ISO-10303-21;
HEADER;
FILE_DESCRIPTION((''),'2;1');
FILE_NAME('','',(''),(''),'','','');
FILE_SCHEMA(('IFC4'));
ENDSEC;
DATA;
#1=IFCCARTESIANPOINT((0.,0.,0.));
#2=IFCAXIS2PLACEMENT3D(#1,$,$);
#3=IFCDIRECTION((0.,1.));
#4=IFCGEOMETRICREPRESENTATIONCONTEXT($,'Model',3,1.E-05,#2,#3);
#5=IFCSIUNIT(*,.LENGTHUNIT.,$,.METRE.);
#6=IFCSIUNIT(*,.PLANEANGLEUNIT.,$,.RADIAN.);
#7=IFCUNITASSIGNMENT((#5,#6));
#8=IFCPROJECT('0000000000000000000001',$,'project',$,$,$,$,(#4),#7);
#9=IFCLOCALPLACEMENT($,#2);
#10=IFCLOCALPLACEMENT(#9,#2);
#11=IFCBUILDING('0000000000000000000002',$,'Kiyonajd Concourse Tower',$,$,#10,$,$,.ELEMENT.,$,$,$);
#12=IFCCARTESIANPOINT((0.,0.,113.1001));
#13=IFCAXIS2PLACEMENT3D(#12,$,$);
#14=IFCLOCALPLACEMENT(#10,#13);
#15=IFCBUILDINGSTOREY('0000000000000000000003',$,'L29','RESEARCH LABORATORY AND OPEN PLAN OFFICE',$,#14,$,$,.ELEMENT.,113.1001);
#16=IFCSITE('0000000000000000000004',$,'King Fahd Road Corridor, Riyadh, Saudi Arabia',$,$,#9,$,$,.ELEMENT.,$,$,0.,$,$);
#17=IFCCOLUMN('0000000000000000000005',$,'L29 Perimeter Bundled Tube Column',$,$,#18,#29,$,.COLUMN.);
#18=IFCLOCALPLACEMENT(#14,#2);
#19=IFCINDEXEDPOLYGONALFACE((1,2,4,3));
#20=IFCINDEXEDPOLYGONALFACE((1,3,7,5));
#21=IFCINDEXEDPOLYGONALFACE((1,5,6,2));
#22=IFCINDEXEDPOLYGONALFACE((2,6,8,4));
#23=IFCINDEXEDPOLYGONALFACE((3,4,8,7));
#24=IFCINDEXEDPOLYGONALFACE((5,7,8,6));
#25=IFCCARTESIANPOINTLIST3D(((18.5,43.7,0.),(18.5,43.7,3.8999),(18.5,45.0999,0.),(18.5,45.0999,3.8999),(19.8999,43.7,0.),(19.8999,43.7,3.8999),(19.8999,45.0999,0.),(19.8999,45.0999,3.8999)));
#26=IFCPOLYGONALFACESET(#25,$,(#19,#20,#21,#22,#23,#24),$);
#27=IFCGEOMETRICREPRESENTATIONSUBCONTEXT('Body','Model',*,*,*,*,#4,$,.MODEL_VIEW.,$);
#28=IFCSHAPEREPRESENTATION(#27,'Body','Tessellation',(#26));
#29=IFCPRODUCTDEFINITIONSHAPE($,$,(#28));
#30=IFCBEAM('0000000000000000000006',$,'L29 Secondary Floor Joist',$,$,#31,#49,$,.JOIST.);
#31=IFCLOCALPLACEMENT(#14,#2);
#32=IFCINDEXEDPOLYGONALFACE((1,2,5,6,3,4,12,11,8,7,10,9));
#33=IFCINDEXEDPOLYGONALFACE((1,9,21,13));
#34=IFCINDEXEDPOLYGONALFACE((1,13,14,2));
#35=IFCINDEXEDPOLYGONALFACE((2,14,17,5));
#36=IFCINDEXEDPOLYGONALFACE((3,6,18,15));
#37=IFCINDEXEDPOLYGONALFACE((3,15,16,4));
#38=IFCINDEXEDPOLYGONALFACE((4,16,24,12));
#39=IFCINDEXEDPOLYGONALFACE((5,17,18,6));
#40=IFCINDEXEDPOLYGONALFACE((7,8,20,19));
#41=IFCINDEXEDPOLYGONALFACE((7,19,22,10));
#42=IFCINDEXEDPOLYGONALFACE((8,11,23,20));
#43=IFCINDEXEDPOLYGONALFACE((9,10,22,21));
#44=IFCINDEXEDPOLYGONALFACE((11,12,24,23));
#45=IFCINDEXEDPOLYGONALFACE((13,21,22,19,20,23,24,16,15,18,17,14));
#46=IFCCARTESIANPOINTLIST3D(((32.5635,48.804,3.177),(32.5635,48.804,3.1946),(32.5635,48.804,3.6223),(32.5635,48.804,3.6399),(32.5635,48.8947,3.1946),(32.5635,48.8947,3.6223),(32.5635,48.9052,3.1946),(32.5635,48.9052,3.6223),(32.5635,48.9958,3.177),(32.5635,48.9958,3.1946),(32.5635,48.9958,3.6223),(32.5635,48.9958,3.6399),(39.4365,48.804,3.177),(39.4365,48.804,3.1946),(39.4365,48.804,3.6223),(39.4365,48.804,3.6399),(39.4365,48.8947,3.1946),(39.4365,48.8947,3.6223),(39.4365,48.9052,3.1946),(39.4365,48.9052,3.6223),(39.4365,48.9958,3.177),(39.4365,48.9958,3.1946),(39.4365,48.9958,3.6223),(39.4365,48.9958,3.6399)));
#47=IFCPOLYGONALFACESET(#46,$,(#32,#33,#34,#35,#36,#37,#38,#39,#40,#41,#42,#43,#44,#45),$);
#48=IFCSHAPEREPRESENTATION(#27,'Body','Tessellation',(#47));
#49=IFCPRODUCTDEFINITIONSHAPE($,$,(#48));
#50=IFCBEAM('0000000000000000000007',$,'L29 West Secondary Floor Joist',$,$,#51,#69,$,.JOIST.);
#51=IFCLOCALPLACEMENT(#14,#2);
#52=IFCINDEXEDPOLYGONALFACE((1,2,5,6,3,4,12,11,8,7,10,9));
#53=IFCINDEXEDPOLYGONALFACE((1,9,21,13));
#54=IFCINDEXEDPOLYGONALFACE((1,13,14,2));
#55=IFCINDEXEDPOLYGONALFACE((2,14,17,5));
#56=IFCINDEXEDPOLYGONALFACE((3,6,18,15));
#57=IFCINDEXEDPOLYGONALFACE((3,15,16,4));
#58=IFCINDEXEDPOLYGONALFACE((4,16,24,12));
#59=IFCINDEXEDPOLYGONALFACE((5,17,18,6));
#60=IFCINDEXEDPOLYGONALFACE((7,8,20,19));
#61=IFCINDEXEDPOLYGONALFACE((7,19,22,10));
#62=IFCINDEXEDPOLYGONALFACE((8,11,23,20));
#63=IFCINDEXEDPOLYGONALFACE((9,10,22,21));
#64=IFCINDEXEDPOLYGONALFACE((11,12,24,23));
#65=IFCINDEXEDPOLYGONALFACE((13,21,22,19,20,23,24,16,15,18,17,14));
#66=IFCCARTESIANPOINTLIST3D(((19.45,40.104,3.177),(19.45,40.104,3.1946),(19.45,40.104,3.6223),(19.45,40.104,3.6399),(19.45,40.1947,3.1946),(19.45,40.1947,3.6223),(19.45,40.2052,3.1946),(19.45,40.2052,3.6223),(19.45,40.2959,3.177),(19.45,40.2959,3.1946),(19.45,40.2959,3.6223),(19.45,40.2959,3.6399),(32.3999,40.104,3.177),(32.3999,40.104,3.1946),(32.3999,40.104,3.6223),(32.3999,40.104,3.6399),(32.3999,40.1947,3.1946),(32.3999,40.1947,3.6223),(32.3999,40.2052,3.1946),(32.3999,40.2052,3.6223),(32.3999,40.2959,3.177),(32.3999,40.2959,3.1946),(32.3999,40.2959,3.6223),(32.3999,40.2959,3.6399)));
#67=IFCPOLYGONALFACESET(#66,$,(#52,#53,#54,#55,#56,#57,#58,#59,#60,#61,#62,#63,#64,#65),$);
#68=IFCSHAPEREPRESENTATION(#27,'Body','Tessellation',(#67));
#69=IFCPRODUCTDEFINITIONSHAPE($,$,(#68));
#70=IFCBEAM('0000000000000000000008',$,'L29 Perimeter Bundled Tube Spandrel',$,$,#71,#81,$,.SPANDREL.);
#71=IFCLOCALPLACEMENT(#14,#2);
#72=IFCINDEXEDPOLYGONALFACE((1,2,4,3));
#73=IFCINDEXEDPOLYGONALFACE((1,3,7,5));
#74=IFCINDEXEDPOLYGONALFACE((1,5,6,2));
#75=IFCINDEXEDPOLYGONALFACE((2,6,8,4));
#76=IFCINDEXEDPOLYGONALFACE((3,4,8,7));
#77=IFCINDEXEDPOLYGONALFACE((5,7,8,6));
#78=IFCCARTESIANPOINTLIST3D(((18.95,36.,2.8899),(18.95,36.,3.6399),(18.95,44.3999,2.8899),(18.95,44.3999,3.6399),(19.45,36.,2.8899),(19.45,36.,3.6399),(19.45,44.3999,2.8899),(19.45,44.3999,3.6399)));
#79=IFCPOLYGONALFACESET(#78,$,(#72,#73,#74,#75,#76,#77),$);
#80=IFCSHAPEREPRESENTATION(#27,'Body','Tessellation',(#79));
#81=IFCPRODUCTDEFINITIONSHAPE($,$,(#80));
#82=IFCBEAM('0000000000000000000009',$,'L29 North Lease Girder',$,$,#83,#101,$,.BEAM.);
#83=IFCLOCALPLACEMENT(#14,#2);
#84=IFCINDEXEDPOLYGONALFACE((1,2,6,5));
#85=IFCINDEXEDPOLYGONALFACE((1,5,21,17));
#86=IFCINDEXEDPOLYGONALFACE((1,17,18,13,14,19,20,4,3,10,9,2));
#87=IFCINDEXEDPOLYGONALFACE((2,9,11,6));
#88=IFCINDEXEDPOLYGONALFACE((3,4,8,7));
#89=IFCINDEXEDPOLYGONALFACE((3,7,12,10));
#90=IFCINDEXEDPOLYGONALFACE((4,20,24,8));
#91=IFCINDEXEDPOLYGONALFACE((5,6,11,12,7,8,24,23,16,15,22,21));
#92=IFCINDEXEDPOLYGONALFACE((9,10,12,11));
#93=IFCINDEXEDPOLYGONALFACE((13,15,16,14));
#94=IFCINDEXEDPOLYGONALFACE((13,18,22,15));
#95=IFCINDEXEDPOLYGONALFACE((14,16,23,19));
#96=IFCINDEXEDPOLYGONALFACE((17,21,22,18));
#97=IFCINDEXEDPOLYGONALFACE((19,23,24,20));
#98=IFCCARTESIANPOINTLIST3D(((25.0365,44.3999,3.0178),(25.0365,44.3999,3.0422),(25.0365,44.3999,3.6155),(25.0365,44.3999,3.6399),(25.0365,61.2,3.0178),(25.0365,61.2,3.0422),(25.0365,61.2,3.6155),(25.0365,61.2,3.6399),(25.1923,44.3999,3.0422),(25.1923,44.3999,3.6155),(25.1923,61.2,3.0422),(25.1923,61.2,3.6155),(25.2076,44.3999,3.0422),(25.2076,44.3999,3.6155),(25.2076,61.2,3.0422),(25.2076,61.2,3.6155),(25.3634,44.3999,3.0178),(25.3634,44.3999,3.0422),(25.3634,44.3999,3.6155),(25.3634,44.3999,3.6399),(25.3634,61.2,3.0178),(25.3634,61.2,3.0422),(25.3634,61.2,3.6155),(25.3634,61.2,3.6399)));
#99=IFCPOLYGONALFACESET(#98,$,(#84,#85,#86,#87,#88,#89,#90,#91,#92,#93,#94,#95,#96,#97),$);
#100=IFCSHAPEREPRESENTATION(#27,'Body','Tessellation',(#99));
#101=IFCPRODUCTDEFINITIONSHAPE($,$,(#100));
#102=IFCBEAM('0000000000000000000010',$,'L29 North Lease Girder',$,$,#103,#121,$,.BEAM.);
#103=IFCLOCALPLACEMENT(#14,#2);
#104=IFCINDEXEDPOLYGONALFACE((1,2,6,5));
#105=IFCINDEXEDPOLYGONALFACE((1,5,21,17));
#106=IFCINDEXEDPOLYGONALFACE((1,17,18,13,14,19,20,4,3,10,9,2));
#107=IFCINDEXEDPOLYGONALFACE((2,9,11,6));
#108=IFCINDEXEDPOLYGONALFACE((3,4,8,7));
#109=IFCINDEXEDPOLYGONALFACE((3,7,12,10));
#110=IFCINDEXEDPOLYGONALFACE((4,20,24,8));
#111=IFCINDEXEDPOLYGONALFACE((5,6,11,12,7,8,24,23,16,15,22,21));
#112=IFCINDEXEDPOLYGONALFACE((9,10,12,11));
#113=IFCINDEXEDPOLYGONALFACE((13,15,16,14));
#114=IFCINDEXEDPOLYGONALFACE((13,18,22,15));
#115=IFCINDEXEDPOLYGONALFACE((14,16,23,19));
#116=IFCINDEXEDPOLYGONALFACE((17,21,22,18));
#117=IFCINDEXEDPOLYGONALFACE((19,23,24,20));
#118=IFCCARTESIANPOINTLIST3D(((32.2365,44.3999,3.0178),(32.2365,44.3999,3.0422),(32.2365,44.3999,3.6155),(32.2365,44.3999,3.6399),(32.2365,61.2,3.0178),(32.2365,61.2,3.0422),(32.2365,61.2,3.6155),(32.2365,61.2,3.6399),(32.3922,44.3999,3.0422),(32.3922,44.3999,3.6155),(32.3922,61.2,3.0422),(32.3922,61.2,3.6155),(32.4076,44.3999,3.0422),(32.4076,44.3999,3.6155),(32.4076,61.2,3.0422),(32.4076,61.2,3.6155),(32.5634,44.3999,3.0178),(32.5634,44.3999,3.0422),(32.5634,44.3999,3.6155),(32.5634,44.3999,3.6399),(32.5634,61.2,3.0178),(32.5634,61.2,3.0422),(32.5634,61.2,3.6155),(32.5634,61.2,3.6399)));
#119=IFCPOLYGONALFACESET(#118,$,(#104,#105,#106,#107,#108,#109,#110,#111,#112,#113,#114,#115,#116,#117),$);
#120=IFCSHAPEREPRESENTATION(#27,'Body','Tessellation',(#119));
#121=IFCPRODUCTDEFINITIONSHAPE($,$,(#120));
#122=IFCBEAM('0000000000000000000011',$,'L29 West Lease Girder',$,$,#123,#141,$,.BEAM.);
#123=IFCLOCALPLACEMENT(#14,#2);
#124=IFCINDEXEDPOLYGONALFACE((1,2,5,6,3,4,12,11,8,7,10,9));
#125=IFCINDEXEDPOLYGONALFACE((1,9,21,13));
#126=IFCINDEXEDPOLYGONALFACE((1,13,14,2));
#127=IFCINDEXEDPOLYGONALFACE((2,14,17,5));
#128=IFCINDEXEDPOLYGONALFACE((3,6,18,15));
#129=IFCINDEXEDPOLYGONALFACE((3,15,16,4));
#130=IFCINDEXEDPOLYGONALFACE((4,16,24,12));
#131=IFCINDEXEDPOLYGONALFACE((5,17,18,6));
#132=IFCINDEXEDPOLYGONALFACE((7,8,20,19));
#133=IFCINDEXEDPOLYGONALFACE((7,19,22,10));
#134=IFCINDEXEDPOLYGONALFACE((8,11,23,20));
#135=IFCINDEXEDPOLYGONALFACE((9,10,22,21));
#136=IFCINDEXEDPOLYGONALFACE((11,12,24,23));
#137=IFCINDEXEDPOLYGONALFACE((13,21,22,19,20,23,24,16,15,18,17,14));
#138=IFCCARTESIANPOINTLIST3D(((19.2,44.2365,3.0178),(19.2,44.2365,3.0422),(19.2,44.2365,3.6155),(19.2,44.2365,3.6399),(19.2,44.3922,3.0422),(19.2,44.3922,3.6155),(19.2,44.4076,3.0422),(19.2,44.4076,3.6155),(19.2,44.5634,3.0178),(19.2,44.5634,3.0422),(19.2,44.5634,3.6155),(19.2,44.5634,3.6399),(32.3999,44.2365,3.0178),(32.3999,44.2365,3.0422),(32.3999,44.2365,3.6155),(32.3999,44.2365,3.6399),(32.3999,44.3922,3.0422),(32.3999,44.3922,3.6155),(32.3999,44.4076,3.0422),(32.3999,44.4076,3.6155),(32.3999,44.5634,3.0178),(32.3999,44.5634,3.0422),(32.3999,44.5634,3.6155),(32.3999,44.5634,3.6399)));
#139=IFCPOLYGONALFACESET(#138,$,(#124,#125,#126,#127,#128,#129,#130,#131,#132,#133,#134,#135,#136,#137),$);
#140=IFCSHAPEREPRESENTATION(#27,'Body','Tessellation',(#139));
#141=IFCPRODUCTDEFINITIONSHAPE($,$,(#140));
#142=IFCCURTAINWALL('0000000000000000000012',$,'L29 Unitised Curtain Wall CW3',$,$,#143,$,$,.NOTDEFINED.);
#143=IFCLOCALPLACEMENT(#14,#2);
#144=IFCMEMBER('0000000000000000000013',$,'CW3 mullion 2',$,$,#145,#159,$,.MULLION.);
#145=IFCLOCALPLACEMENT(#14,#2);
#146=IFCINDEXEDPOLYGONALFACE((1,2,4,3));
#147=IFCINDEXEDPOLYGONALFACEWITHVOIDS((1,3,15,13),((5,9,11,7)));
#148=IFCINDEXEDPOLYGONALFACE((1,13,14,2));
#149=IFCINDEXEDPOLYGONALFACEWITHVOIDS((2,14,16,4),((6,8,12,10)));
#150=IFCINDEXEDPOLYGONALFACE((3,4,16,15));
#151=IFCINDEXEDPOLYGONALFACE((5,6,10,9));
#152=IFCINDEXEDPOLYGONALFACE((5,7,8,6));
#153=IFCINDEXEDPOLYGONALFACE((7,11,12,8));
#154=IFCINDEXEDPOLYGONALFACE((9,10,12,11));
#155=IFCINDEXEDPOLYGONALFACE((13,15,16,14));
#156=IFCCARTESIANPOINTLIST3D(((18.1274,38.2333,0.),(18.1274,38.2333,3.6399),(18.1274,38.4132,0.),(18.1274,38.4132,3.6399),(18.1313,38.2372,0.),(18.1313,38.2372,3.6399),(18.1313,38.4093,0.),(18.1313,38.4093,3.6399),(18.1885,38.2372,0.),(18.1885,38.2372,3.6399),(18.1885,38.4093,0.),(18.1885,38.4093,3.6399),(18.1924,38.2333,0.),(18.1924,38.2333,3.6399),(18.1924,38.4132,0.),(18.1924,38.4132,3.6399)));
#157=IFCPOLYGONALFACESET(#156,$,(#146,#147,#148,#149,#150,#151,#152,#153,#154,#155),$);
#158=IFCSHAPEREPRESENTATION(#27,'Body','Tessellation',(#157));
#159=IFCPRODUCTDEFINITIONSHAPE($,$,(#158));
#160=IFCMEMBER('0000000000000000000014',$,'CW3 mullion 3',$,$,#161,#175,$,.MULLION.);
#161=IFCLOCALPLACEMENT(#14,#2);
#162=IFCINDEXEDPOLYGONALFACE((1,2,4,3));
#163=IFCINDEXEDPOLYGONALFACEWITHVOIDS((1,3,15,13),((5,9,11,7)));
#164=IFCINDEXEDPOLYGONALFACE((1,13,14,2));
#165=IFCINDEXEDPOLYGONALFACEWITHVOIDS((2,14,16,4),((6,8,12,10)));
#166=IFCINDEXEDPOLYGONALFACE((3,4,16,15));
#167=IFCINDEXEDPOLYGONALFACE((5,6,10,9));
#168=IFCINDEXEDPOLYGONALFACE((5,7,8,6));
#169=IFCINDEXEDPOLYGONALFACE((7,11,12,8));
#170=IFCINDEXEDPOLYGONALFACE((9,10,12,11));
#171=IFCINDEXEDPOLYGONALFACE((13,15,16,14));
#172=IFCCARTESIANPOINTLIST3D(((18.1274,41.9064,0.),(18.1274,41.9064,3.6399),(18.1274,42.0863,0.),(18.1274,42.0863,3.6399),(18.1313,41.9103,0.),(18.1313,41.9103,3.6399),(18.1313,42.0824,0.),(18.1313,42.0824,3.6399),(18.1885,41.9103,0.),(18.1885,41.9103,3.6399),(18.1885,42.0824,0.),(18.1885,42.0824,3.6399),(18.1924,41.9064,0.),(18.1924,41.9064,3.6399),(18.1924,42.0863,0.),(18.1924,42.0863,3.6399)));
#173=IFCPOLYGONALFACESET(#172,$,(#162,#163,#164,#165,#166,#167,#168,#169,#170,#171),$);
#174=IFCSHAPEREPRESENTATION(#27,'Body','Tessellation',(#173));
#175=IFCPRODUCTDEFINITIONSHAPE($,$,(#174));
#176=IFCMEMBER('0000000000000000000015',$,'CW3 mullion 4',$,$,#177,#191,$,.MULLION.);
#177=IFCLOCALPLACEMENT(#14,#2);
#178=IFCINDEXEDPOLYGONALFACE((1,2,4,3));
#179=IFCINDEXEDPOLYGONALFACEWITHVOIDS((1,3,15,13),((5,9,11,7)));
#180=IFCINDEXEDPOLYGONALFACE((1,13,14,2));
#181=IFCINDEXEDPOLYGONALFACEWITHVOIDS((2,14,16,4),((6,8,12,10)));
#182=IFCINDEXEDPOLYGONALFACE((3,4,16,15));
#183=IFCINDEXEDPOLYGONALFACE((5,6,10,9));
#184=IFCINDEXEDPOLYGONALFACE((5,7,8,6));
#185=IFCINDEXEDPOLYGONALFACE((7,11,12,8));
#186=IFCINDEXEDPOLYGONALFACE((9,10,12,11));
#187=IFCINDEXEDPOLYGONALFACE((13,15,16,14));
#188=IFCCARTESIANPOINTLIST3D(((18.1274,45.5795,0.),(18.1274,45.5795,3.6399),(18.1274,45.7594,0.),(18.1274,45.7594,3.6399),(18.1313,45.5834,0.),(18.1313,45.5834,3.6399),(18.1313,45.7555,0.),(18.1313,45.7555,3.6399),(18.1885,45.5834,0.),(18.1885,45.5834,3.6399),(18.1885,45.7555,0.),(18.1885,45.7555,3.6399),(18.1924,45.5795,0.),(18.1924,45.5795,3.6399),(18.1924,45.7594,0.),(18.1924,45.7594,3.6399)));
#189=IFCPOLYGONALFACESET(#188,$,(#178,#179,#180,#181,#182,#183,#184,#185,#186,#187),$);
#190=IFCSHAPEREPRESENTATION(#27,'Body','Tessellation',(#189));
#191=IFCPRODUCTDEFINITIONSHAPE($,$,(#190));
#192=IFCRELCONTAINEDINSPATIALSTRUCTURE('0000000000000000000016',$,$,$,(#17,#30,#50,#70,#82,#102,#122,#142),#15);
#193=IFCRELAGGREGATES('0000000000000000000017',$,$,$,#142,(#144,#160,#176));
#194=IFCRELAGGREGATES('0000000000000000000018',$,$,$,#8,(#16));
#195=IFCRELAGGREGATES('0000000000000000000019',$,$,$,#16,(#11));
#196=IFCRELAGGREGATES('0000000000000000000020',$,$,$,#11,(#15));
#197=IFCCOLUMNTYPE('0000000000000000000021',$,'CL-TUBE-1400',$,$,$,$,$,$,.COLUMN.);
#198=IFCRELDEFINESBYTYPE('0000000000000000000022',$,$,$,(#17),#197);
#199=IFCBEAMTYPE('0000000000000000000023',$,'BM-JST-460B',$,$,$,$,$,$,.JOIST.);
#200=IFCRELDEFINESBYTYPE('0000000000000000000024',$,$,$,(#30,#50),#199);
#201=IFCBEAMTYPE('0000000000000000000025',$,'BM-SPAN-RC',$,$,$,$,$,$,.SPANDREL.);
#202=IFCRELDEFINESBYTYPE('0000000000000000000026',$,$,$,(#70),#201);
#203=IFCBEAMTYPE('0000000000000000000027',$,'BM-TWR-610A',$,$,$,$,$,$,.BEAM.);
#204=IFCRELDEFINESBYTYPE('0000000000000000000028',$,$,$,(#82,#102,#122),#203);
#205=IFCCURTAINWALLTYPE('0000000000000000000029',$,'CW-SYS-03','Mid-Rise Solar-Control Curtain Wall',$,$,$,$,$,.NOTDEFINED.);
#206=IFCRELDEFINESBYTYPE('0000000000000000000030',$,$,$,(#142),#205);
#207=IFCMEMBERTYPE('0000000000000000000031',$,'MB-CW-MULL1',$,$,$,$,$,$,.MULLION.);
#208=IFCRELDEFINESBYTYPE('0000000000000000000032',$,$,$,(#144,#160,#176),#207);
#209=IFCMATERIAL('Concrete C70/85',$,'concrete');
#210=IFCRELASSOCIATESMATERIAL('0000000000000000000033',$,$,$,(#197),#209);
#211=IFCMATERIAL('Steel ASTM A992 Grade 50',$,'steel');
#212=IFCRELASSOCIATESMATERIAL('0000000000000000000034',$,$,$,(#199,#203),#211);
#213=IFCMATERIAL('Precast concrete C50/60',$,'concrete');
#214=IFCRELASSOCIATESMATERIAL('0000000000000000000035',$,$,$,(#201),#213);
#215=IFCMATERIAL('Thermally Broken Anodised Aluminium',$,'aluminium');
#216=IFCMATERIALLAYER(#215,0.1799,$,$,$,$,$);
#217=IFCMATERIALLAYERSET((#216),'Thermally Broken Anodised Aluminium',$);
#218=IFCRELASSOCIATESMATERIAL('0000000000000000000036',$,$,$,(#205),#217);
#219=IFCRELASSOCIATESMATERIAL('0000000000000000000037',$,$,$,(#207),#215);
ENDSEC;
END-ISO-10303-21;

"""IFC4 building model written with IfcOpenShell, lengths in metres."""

from ifc_helpers import new_model, si_unit, direction, frame, origin, origin_2d, place, context, subcontext, project, spatial, rectangle, hollow_rectangle, i_section, extrude, material, layer, layer_set, material_profile, profile_set, type_object, element, aggregate, save


model = new_model("IFC4")

# Units and contexts
model_context = context("Model", 3, precision=1e-05, world=origin(), true_north=direction((0.0, 1.0)))
body_context = subcontext(model_context, "Body", "Model", "MODEL_VIEW")
ifc_project = project(units=[si_unit("LENGTHUNIT", "METRE"), si_unit("PLANEANGLEUNIT", "RADIAN")], contexts=[model_context])

# Site, building, storey
site_placement = place(None, origin())
site = spatial("IfcSite", under=ifc_project, at=site_placement, Name="King Fahd Road Corridor, Riyadh, Saudi Arabia", CompositionType="ELEMENT", RefElevation=0.0)
building_placement = place(site_placement, origin())
building = spatial("IfcBuilding", under=site, at=building_placement, Name="Kiyonajd Concourse Tower", CompositionType="ELEMENT")
storey_placement = place(building_placement, frame((0.0, 0.0, 113.1001)))
storey = spatial("IfcBuildingStorey", under=building, at=storey_placement, Name="L29", Description="RESEARCH LABORATORY AND OPEN PLAN OFFICE", CompositionType="ELEMENT", Elevation=113.1001)

# Column
ifc_material_1 = material(Name="Concrete C70/85", Category="concrete")
ifc_material_profile_1 = material_profile(ifc_material_1, rectangle(XDim=1.3999, YDim=1.3999, at=origin_2d()), Name="RC-1400x1400")
ifc_profile_set_1 = profile_set([ifc_material_profile_1], Name="Concrete C70/85")
column_type = type_object("IfcColumnType", Name="CL-TUBE-1400", PredefinedType="COLUMN", material=ifc_profile_set_1)
column_placement = place(storey_placement, frame((19.2, 44.3999, 0.0), z_axis=(0.0, 0.0, 1.0), x_axis=(1.0, 0.0, 0.0)))
element("IfcColumn", 1, at=column_placement, inside=storey, type_object=column_type, Name="L29 Perimeter Bundled Tube Column", PredefinedType="COLUMN", context=body_context, shape_type="SweptSolid", body=[
    extrude(rectangle(XDim=1.3999, YDim=1.3999, at=origin_2d()), origin(), (0.0, 0.0, 1.0), 3.8999),
])

# Beams
ifc_material_2 = material(Name="Steel ASTM A992 Grade 50", Category="steel")
ifc_material_profile_2 = material_profile(ifc_material_2, i_section(OverallWidth=0.1919, OverallDepth=0.4629, WebThickness=0.0105, FlangeThickness=0.0176, at=origin_2d()), Name="W460X89")
ifc_profile_set_2 = profile_set([ifc_material_profile_2], Name="Steel ASTM A992 Grade 50")
beam_type_1 = type_object("IfcBeamType", Name="BM-JST-460B", PredefinedType="JOIST", material=ifc_profile_set_2)
beam_1_placement = place(storey_placement, frame((32.5635, 48.8999, 3.4084), z_axis=(1.0, 0.0, 0.0), x_axis=(0.0, 1.0, 0.0)))
element("IfcBeam", 2, at=beam_1_placement, inside=storey, type_object=beam_type_1, Name="L29 Secondary Floor Joist", PredefinedType="JOIST", context=body_context, shape_type="SweptSolid", body=[
    extrude(i_section(OverallWidth=0.1919, OverallDepth=0.4629, WebThickness=0.0105, FlangeThickness=0.0176, at=origin_2d()), origin(), (0.0, 0.0, 1.0), 6.873),
])
beam_2_placement = place(storey_placement, frame((19.45, 40.2, 3.4084), z_axis=(1.0, 0.0, 0.0), x_axis=(0.0, 1.0, 0.0)))
element("IfcBeam", 3, at=beam_2_placement, inside=storey, type_object=beam_type_1, Name="L29 West Secondary Floor Joist", PredefinedType="JOIST", context=body_context, shape_type="SweptSolid", body=[
    extrude(i_section(OverallWidth=0.1919, OverallDepth=0.4629, WebThickness=0.0105, FlangeThickness=0.0176, at=origin_2d()), origin(), (0.0, 0.0, 1.0), 12.95),
])
ifc_material_3 = material(Name="Precast concrete C50/60", Category="concrete")
ifc_material_profile_3 = material_profile(ifc_material_3, rectangle(XDim=0.5, YDim=0.75, at=origin_2d()), Name="RCBM-500x750")
ifc_profile_set_3 = profile_set([ifc_material_profile_3], Name="Precast concrete C50/60")
beam_type_2 = type_object("IfcBeamType", Name="BM-SPAN-RC", PredefinedType="SPANDREL", material=ifc_profile_set_3)
beam_3_placement = place(storey_placement, frame((19.2, 44.3999, 3.2649), z_axis=(0.0, -1.0, 0.0), x_axis=(1.0, 0.0, 0.0)))
element("IfcBeam", 4, at=beam_3_placement, inside=storey, type_object=beam_type_2, Name="L29 Perimeter Bundled Tube Spandrel", PredefinedType="SPANDREL", context=body_context, shape_type="SweptSolid", body=[
    extrude(rectangle(XDim=0.5, YDim=0.75, at=origin_2d()), origin(), (0.0, 0.0, 1.0), 8.3999),
])
ifc_material_profile_4 = material_profile(ifc_material_2, i_section(OverallWidth=0.3269, OverallDepth=0.6221, WebThickness=0.0154, FlangeThickness=0.0244, at=origin_2d()), Name="W610X195")
ifc_profile_set_4 = profile_set([ifc_material_profile_4], Name="Steel ASTM A992 Grade 50")
beam_type_3 = type_object("IfcBeamType", Name="BM-TWR-610A", PredefinedType="BEAM", material=ifc_profile_set_4)
for number, where, z_axis, x_axis, name in (
    (5, (25.2, 44.3999, 3.3289), (0.0, 1.0, 0.0), (-1.0, 0.0, 0.0), "L29 North Lease Girder"),
    (6, (32.3999, 44.3999, 3.3289), (0.0, 1.0, 0.0), (-1.0, 0.0, 0.0), "L29 North Lease Girder"),
):
    element("IfcBeam", number, at=place(storey_placement, frame(where, z_axis=z_axis, x_axis=x_axis)), inside=storey, type_object=beam_type_3, Name=name, PredefinedType="BEAM", context=body_context, shape_type="SweptSolid", body=[
        extrude(i_section(OverallWidth=0.3269, OverallDepth=0.6221, WebThickness=0.0154, FlangeThickness=0.0244, at=origin_2d()), origin(), (0.0, 0.0, 1.0), 16.8),
    ])
beam_4_placement = place(storey_placement, frame((19.2, 44.3999, 3.3289), z_axis=(1.0, 0.0, 0.0), x_axis=(0.0, 1.0, 0.0)))
element("IfcBeam", 7, at=beam_4_placement, inside=storey, type_object=beam_type_3, Name="L29 West Lease Girder", PredefinedType="BEAM", context=body_context, shape_type="SweptSolid", body=[
    extrude(i_section(OverallWidth=0.3269, OverallDepth=0.6221, WebThickness=0.0154, FlangeThickness=0.0244, at=origin_2d()), origin(), (0.0, 0.0, 1.0), 13.2),
])

# Curtain wall, members
ifc_material_4 = material(Name="Thermally Broken Anodised Aluminium", Category="aluminium")
ifc_layer_1 = layer(ifc_material_4, 0.1799)
ifc_layer_set_1 = layer_set([ifc_layer_1], Name="Thermally Broken Anodised Aluminium")
curtain_wall_type = type_object("IfcCurtainWallType", Name="CW-SYS-03", Description="Mid-Rise Solar-Control Curtain Wall", PredefinedType="NOTDEFINED", material=ifc_layer_set_1)
curtain_wall_placement = place(storey_placement, origin())
curtain_wall = element("IfcCurtainWall", 8, at=curtain_wall_placement, inside=storey, type_object=curtain_wall_type, Name="L29 Unitised Curtain Wall CW3", PredefinedType="NOTDEFINED")
ifc_material_profile_5 = material_profile(ifc_material_4, hollow_rectangle(XDim=0.0649, YDim=0.1799, WallThickness=0.0039, at=origin_2d()), Name="MULL-65x180")
ifc_profile_set_5 = profile_set([ifc_material_profile_5], Name="Thermally Broken Anodised Aluminium")
member_type_1 = type_object("IfcMemberType", Name="MB-CW-MULL1", PredefinedType="MULLION", material=ifc_profile_set_5)
member_1_placement = place(storey_placement, frame((18.1599, 38.3232, 0.0), z_axis=(0.0, 0.0, 1.0), x_axis=(-1.0, 0.0, 0.0)))
member_1 = element("IfcMember", 9, at=member_1_placement, type_object=member_type_1, Name="CW3 mullion 2", PredefinedType="MULLION", context=body_context, shape_type="SweptSolid", body=[
    extrude(hollow_rectangle(XDim=0.0649, YDim=0.1799, WallThickness=0.0039, at=origin_2d()), origin(), (0.0, 0.0, 1.0), 3.6399),
])
member_2_placement = place(storey_placement, frame((18.1599, 41.9963, 0.0), z_axis=(0.0, 0.0, 1.0), x_axis=(-1.0, 0.0, 0.0)))
member_2 = element("IfcMember", 10, at=member_2_placement, type_object=member_type_1, Name="CW3 mullion 3", PredefinedType="MULLION", context=body_context, shape_type="SweptSolid", body=[
    extrude(hollow_rectangle(XDim=0.0649, YDim=0.1799, WallThickness=0.0039, at=origin_2d()), origin(), (0.0, 0.0, 1.0), 3.6399),
])
member_3_placement = place(storey_placement, frame((18.1599, 45.6694, 0.0), z_axis=(0.0, 0.0, 1.0), x_axis=(-1.0, 0.0, 0.0)))
member_3 = element("IfcMember", 11, at=member_3_placement, type_object=member_type_1, Name="CW3 mullion 4", PredefinedType="MULLION", context=body_context, shape_type="SweptSolid", body=[
    extrude(hollow_rectangle(XDim=0.0649, YDim=0.1799, WallThickness=0.0039, at=origin_2d()), origin(), (0.0, 0.0, 1.0), 3.6399),
])
aggregate(curtain_wall, [member_1, member_2, member_3])

save(model, "model.ifc")
